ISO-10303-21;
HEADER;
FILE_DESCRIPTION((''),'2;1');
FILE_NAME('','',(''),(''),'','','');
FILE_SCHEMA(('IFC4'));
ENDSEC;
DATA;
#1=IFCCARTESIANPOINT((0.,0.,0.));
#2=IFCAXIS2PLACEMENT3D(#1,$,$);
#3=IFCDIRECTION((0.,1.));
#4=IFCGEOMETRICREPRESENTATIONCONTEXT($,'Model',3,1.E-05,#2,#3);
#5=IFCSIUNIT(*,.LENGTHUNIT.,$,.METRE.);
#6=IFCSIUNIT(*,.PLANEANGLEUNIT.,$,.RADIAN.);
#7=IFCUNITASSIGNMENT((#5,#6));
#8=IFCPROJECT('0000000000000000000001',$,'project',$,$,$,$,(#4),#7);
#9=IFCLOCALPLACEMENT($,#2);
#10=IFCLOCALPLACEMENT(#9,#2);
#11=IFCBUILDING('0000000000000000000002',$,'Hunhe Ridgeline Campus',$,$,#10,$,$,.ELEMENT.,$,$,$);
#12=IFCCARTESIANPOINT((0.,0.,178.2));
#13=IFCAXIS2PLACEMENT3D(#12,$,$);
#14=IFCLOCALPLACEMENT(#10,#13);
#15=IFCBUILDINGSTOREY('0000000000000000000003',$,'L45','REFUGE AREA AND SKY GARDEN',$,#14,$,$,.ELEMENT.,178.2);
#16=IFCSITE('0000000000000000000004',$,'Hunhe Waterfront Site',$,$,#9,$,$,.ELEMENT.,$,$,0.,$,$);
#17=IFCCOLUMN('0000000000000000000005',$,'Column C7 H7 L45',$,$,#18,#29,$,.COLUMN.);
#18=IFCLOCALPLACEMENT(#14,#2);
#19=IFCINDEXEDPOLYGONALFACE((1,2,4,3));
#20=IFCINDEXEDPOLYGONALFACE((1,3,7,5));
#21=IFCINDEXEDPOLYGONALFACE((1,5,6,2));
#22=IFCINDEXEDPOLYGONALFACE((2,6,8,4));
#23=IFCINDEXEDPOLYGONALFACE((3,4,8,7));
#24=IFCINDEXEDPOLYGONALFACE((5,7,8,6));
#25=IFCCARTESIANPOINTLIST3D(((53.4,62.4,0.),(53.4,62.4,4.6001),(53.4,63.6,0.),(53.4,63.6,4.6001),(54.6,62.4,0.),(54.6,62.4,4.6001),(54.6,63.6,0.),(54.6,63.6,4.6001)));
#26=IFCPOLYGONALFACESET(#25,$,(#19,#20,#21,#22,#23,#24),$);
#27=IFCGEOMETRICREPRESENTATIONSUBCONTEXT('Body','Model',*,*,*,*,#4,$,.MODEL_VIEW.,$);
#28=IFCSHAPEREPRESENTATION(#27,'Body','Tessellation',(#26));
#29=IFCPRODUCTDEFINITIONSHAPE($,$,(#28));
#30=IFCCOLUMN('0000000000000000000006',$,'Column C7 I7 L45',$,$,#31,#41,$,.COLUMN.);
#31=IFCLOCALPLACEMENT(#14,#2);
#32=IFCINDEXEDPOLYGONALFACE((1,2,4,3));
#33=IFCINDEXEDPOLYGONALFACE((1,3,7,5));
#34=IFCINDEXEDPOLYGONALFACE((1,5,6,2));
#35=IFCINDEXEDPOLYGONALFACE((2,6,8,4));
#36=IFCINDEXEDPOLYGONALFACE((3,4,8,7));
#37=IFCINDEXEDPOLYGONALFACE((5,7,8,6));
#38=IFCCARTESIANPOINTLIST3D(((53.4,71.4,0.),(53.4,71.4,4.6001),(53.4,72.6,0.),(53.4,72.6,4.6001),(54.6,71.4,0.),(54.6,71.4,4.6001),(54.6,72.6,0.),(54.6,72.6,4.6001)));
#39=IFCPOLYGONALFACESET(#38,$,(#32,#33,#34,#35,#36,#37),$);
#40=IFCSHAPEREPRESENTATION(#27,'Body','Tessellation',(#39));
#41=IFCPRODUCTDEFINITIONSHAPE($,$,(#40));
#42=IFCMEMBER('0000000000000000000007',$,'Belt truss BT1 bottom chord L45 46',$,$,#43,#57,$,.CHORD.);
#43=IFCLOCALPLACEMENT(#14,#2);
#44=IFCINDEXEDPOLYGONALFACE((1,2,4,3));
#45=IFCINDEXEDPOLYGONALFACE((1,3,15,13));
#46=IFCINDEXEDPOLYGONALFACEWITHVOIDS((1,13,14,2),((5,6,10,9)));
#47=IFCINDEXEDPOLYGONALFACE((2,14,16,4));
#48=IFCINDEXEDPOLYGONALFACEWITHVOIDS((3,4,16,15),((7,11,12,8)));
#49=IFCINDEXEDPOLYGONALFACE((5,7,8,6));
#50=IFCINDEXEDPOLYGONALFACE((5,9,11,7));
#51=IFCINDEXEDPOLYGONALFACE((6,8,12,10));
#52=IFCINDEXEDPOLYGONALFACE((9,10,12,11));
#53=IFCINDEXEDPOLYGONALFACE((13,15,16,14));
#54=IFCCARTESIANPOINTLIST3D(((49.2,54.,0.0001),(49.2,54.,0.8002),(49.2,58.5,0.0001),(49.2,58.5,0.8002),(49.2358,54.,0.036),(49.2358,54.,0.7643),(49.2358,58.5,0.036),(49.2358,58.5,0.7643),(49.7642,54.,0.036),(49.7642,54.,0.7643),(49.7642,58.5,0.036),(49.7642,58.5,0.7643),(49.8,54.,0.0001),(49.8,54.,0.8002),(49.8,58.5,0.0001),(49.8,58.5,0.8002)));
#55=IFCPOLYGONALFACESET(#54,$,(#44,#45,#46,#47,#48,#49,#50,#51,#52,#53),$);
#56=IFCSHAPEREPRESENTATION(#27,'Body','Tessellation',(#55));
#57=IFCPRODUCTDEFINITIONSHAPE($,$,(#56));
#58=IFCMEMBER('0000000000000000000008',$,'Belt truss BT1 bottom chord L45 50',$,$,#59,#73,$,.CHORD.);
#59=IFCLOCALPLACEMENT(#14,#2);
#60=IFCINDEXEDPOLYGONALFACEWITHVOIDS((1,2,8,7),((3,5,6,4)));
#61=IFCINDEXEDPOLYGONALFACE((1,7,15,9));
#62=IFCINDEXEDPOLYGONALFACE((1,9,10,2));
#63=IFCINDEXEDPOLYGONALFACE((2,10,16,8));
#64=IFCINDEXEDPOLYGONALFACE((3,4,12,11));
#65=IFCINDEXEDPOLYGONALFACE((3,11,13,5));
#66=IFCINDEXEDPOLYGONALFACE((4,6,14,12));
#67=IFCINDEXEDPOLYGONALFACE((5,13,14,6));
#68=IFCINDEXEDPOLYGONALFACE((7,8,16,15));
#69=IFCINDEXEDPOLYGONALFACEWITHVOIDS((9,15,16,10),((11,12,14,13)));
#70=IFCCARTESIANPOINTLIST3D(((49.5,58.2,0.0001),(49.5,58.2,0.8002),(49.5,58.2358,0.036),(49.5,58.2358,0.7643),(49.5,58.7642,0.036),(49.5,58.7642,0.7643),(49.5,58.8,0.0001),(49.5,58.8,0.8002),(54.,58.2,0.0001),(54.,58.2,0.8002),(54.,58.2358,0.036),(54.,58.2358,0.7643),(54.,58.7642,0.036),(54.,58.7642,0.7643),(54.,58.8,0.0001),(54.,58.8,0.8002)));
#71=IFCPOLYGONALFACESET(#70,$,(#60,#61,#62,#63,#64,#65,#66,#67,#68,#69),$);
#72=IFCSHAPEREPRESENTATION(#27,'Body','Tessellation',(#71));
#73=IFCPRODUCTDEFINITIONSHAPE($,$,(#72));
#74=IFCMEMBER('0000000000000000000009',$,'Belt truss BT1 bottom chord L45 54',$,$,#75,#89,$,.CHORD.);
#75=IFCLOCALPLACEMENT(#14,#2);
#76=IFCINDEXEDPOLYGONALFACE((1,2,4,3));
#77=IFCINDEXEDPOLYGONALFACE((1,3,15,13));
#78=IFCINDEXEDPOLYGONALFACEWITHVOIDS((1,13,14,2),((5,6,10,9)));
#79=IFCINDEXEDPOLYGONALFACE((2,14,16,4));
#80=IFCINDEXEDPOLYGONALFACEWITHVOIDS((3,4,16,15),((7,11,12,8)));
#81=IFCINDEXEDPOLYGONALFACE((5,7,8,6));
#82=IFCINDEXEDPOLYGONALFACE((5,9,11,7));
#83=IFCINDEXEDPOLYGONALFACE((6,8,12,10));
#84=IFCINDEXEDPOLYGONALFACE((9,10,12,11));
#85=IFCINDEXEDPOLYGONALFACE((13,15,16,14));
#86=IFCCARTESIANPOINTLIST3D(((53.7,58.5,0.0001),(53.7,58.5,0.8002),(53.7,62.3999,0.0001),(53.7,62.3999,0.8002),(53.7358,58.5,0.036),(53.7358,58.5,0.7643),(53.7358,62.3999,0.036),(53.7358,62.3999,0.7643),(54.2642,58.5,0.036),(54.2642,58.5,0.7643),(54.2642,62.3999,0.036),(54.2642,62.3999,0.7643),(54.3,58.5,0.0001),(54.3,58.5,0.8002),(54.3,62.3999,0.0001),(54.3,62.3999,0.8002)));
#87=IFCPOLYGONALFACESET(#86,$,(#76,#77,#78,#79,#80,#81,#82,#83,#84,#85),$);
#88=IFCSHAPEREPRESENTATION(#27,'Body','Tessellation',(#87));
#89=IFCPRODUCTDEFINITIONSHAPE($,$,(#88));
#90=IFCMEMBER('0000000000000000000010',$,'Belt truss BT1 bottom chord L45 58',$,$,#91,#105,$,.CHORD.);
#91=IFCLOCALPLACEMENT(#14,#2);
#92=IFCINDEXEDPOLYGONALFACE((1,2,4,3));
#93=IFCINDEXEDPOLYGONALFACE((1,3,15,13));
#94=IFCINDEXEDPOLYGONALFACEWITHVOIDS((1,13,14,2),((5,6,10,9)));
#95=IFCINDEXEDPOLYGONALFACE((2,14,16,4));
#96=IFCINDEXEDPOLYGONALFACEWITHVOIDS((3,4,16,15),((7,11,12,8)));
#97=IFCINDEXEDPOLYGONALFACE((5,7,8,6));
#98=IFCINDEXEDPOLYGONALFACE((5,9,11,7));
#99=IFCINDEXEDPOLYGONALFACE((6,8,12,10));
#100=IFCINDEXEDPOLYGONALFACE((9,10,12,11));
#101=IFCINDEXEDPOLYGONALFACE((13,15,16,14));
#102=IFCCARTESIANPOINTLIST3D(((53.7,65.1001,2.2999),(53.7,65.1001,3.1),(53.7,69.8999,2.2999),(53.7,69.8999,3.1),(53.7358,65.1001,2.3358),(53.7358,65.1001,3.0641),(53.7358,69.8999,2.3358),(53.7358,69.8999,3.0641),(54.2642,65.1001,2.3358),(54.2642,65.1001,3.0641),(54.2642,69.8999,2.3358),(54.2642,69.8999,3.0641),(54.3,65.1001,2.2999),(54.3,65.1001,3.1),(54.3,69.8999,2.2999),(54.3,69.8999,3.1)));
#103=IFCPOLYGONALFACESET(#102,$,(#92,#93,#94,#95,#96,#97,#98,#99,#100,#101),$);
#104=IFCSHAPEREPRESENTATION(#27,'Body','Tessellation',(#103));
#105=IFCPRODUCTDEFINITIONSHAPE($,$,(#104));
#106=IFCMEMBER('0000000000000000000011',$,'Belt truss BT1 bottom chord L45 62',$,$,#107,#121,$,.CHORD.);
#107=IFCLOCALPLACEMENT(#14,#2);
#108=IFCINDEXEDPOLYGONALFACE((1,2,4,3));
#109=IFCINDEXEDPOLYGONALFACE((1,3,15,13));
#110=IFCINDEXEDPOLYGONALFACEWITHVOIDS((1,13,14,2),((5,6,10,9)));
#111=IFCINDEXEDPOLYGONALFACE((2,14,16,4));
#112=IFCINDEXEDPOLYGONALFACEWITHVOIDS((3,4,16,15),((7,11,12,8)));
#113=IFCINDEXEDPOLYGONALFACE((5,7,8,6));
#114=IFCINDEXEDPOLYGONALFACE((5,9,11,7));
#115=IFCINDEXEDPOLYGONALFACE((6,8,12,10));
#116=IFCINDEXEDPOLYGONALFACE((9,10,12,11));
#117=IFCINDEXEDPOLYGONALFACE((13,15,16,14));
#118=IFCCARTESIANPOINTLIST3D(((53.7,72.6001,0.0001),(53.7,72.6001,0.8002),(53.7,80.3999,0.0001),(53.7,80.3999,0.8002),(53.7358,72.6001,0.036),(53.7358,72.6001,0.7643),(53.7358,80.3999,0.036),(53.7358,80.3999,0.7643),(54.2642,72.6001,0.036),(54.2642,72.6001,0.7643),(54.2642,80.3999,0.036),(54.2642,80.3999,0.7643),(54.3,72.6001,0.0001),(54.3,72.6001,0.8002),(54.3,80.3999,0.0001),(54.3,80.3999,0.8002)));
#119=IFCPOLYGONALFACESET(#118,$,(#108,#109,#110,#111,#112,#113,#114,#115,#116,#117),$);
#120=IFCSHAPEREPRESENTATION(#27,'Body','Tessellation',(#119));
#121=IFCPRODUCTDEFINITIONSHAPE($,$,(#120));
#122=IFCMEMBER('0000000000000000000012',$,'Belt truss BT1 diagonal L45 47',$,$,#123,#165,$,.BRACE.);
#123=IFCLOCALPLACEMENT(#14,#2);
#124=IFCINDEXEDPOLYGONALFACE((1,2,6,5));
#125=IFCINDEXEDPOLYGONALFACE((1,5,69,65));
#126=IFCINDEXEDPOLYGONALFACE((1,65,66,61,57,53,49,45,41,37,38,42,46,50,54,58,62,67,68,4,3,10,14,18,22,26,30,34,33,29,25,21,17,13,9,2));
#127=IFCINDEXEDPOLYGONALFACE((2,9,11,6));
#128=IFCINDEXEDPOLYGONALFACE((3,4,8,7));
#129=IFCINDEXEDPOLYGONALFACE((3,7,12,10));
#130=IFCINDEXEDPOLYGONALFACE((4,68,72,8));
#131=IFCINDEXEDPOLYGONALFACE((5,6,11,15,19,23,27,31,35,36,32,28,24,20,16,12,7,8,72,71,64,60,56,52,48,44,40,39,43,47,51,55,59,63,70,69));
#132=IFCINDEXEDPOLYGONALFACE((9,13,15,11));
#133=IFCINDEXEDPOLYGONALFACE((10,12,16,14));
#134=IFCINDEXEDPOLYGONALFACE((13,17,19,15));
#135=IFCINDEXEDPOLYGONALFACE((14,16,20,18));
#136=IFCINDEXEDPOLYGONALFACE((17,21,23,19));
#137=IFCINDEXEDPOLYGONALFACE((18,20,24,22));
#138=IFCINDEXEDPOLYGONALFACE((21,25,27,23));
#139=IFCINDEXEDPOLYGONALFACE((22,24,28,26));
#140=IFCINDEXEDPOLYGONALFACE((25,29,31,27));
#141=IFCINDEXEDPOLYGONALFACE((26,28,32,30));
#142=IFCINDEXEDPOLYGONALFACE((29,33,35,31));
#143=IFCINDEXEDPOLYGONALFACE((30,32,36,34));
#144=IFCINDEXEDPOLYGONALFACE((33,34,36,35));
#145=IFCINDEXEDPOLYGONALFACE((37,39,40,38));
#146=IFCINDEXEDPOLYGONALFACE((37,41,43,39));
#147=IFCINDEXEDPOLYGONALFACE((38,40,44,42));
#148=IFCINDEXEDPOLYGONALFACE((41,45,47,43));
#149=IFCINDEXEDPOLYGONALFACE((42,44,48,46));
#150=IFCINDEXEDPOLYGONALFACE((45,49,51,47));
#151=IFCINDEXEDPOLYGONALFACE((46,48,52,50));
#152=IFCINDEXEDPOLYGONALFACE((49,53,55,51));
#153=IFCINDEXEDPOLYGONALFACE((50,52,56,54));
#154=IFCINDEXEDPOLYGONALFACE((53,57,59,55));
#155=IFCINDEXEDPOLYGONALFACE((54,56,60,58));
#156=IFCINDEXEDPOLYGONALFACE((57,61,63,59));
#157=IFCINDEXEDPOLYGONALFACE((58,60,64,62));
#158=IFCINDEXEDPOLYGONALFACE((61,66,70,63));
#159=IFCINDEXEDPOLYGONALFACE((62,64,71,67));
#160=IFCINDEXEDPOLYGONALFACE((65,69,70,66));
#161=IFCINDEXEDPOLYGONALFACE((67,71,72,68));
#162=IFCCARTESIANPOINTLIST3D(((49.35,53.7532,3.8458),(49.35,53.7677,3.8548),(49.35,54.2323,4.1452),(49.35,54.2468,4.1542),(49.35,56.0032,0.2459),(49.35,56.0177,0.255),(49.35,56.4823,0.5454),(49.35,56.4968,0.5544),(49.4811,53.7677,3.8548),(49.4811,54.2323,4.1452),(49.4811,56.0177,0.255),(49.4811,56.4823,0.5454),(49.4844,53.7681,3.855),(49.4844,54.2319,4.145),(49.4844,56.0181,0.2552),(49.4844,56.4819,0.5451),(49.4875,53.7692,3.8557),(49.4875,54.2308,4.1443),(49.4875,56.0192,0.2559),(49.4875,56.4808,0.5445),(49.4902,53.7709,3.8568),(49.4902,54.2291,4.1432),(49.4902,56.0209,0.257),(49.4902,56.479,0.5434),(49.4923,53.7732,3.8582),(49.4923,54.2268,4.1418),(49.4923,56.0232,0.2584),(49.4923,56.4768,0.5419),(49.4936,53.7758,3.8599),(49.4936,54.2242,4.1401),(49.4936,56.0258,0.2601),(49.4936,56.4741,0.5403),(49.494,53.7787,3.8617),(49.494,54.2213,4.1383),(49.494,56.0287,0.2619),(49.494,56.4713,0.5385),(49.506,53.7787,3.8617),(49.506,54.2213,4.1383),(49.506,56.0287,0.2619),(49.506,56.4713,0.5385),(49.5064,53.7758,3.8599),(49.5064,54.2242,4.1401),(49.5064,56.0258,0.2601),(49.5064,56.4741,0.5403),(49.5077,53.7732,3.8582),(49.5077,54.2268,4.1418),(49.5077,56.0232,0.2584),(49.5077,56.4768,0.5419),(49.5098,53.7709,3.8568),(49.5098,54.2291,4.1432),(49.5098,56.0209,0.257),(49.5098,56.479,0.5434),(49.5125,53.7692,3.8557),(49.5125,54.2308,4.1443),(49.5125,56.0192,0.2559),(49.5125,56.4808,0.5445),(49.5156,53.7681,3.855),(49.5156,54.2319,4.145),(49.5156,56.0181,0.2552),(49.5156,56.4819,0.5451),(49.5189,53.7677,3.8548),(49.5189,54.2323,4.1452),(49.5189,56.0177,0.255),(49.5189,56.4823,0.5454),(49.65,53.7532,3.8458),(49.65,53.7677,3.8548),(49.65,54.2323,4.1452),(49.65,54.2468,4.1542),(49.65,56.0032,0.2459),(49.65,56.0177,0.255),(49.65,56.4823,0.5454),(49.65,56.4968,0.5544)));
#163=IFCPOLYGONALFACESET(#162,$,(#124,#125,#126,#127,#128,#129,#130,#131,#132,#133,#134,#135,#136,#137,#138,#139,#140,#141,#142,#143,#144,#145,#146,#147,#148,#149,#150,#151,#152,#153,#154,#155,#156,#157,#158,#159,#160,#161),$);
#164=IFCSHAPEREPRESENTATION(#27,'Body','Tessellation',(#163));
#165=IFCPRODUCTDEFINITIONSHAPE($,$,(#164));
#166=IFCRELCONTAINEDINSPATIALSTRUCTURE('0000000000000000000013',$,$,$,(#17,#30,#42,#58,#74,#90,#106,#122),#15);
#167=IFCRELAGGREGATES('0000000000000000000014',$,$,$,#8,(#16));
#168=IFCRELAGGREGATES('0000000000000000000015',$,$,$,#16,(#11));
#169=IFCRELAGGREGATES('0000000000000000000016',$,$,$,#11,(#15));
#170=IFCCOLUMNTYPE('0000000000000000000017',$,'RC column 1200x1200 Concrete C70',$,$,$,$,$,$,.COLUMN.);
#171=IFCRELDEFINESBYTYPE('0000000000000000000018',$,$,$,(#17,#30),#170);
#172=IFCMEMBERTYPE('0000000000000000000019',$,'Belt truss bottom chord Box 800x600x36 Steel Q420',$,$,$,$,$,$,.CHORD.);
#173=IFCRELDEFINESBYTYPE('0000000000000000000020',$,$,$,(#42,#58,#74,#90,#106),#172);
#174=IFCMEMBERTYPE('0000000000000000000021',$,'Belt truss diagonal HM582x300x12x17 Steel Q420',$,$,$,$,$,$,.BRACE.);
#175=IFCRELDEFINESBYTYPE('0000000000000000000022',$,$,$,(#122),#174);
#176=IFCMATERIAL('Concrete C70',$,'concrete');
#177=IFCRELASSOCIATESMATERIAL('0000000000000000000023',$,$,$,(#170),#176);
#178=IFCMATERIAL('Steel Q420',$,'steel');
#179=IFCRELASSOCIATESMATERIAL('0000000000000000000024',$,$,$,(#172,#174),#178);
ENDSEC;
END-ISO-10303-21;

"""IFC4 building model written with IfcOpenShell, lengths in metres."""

from ifc_helpers import new_model, si_unit, direction, frame, origin, origin_2d, place, context, subcontext, project, spatial, rectangle, hollow_rectangle, i_section, extrude, material, material_profile, profile_set, type_object, element, save


model = new_model("IFC4")

# Units and contexts
model_context = context("Model", 3, precision=1e-05, world=origin(), true_north=direction((0.0, 1.0)))
body_context = subcontext(model_context, "Body", "Model", "MODEL_VIEW")
ifc_project = project(units=[si_unit("LENGTHUNIT", "METRE"), si_unit("PLANEANGLEUNIT", "RADIAN")], contexts=[model_context])

# Site, building, storey
site_placement = place(None, origin())
site = spatial("IfcSite", under=ifc_project, at=site_placement, Name="Hunhe Waterfront Site", CompositionType="ELEMENT", RefElevation=0.0)
building_placement = place(site_placement, origin())
building = spatial("IfcBuilding", under=site, at=building_placement, Name="Hunhe Ridgeline Campus", CompositionType="ELEMENT")
storey_placement = place(building_placement, frame((0.0, 0.0, 178.2)))
storey = spatial("IfcBuildingStorey", under=building, at=storey_placement, Name="L45", Description="REFUGE AREA AND SKY GARDEN", CompositionType="ELEMENT", Elevation=178.2)

# Columns
ifc_material_1 = material(Name="Concrete C70", Category="concrete")
ifc_material_profile_1 = material_profile(ifc_material_1, rectangle(XDim=1.2, YDim=1.2, at=origin_2d()))
ifc_profile_set_1 = profile_set([ifc_material_profile_1], Name="Concrete C70")
column_type = type_object("IfcColumnType", Name="RC column 1200x1200 Concrete C70", PredefinedType="COLUMN", material=ifc_profile_set_1)
for number, where, z_axis, x_axis, name in (
    (1, (54.0, 63.0, 0.0), (0.0, 0.0, 1.0), (1.0, 0.0, 0.0), "Column C7 H7 L45"),
    (2, (54.0, 72.0, 0.0), (0.0, 0.0, 1.0), (1.0, 0.0, 0.0), "Column C7 I7 L45"),
):
    element("IfcColumn", number, at=place(storey_placement, frame(where, z_axis=z_axis, x_axis=x_axis)), inside=storey, type_object=column_type, Name=name, PredefinedType="COLUMN", context=body_context, shape_type="SweptSolid", body=[
        extrude(rectangle(XDim=1.2, YDim=1.2, at=origin_2d()), origin(), (0.0, 0.0, 1.0), 4.6001),
    ])

# Members
ifc_material_2 = material(Name="Steel Q420", Category="steel")
ifc_material_profile_2 = material_profile(ifc_material_2, hollow_rectangle(XDim=0.6001, YDim=0.8, WallThickness=0.0359, at=origin_2d()))
ifc_profile_set_2 = profile_set([ifc_material_profile_2], Name="Steel Q420")
member_type_1 = type_object("IfcMemberType", Name="Belt truss bottom chord Box 800x600x36 Steel Q420", PredefinedType="CHORD", material=ifc_profile_set_2)
for number, where, z_axis, x_axis, name in (
    (3, (49.5, 54.0, 0.4001), (0.0, 1.0, 0.0), (-1.0, 0.0, 0.0), "Belt truss BT1 bottom chord L45 46"),
    (4, (49.5, 58.5, 0.4001), (1.0, 0.0, 0.0), (0.0, 1.0, 0.0), "Belt truss BT1 bottom chord L45 50"),
):
    element("IfcMember", number, at=place(storey_placement, frame(where, z_axis=z_axis, x_axis=x_axis)), inside=storey, type_object=member_type_1, Name=name, PredefinedType="CHORD", context=body_context, shape_type="SweptSolid", body=[
        extrude(hollow_rectangle(XDim=0.6001, YDim=0.8, WallThickness=0.0359, at=origin_2d()), origin(), (0.0, 0.0, 1.0), 4.5),
    ])
member_1_placement = place(storey_placement, frame((54.0, 58.5, 0.4001), z_axis=(0.0, 1.0, 0.0), x_axis=(-1.0, 0.0, 0.0)))
element("IfcMember", 5, at=member_1_placement, inside=storey, type_object=member_type_1, Name="Belt truss BT1 bottom chord L45 54", PredefinedType="CHORD", context=body_context, shape_type="SweptSolid", body=[
    extrude(hollow_rectangle(XDim=0.6001, YDim=0.8, WallThickness=0.0359, at=origin_2d()), origin(), (0.0, 0.0, 1.0), 3.8999),
])
member_2_placement = place(storey_placement, frame((54.0, 65.1001, 2.7), z_axis=(0.0, 1.0, 0.0), x_axis=(-1.0, 0.0, 0.0)))
element("IfcMember", 6, at=member_2_placement, inside=storey, type_object=member_type_1, Name="Belt truss BT1 bottom chord L45 58", PredefinedType="CHORD", context=body_context, shape_type="SweptSolid", body=[
    extrude(hollow_rectangle(XDim=0.6001, YDim=0.8, WallThickness=0.0359, at=origin_2d()), origin(), (0.0, 0.0, 1.0), 4.7998),
])
member_3_placement = place(storey_placement, frame((54.0, 72.6001, 0.4001), z_axis=(0.0, 1.0, 0.0), x_axis=(-1.0, 0.0, 0.0)))
element("IfcMember", 7, at=member_3_placement, inside=storey, type_object=member_type_1, Name="Belt truss BT1 bottom chord L45 62", PredefinedType="CHORD", context=body_context, shape_type="SweptSolid", body=[
    extrude(hollow_rectangle(XDim=0.6001, YDim=0.8, WallThickness=0.0359, at=origin_2d()), origin(), (0.0, 0.0, 1.0), 7.7998),
])
ifc_material_profile_3 = material_profile(ifc_material_2, i_section(OverallWidth=0.3, OverallDepth=0.582, WebThickness=0.012, FlangeThickness=0.0171, FilletRadius=0.0129, at=origin_2d()))
ifc_profile_set_3 = profile_set([ifc_material_profile_3], Name="Steel Q420")
member_type_2 = type_object("IfcMemberType", Name="Belt truss diagonal HM582x300x12x17 Steel Q420", PredefinedType="BRACE", material=ifc_profile_set_3)
for number, where, z_axis, x_axis, name in (
    (8, (49.5, 54.0, 4.0), (0.0, 0.530014, -0.847989), (-1.0, 0.0, 0.0), "Belt truss BT1 diagonal L45 47"),
):
    element("IfcMember", number, at=place(storey_placement, frame(where, z_axis=z_axis, x_axis=x_axis)), inside=storey, type_object=member_type_2, Name=name, PredefinedType="BRACE", context=body_context, shape_type="SweptSolid", body=[
        extrude(i_section(OverallWidth=0.3, OverallDepth=0.582, WebThickness=0.012, FlangeThickness=0.0171, FilletRadius=0.0129, at=origin_2d()), origin(), (0.0, 0.0, 1.0), 4.2451),
    ])

save(model, "model.ifc")
